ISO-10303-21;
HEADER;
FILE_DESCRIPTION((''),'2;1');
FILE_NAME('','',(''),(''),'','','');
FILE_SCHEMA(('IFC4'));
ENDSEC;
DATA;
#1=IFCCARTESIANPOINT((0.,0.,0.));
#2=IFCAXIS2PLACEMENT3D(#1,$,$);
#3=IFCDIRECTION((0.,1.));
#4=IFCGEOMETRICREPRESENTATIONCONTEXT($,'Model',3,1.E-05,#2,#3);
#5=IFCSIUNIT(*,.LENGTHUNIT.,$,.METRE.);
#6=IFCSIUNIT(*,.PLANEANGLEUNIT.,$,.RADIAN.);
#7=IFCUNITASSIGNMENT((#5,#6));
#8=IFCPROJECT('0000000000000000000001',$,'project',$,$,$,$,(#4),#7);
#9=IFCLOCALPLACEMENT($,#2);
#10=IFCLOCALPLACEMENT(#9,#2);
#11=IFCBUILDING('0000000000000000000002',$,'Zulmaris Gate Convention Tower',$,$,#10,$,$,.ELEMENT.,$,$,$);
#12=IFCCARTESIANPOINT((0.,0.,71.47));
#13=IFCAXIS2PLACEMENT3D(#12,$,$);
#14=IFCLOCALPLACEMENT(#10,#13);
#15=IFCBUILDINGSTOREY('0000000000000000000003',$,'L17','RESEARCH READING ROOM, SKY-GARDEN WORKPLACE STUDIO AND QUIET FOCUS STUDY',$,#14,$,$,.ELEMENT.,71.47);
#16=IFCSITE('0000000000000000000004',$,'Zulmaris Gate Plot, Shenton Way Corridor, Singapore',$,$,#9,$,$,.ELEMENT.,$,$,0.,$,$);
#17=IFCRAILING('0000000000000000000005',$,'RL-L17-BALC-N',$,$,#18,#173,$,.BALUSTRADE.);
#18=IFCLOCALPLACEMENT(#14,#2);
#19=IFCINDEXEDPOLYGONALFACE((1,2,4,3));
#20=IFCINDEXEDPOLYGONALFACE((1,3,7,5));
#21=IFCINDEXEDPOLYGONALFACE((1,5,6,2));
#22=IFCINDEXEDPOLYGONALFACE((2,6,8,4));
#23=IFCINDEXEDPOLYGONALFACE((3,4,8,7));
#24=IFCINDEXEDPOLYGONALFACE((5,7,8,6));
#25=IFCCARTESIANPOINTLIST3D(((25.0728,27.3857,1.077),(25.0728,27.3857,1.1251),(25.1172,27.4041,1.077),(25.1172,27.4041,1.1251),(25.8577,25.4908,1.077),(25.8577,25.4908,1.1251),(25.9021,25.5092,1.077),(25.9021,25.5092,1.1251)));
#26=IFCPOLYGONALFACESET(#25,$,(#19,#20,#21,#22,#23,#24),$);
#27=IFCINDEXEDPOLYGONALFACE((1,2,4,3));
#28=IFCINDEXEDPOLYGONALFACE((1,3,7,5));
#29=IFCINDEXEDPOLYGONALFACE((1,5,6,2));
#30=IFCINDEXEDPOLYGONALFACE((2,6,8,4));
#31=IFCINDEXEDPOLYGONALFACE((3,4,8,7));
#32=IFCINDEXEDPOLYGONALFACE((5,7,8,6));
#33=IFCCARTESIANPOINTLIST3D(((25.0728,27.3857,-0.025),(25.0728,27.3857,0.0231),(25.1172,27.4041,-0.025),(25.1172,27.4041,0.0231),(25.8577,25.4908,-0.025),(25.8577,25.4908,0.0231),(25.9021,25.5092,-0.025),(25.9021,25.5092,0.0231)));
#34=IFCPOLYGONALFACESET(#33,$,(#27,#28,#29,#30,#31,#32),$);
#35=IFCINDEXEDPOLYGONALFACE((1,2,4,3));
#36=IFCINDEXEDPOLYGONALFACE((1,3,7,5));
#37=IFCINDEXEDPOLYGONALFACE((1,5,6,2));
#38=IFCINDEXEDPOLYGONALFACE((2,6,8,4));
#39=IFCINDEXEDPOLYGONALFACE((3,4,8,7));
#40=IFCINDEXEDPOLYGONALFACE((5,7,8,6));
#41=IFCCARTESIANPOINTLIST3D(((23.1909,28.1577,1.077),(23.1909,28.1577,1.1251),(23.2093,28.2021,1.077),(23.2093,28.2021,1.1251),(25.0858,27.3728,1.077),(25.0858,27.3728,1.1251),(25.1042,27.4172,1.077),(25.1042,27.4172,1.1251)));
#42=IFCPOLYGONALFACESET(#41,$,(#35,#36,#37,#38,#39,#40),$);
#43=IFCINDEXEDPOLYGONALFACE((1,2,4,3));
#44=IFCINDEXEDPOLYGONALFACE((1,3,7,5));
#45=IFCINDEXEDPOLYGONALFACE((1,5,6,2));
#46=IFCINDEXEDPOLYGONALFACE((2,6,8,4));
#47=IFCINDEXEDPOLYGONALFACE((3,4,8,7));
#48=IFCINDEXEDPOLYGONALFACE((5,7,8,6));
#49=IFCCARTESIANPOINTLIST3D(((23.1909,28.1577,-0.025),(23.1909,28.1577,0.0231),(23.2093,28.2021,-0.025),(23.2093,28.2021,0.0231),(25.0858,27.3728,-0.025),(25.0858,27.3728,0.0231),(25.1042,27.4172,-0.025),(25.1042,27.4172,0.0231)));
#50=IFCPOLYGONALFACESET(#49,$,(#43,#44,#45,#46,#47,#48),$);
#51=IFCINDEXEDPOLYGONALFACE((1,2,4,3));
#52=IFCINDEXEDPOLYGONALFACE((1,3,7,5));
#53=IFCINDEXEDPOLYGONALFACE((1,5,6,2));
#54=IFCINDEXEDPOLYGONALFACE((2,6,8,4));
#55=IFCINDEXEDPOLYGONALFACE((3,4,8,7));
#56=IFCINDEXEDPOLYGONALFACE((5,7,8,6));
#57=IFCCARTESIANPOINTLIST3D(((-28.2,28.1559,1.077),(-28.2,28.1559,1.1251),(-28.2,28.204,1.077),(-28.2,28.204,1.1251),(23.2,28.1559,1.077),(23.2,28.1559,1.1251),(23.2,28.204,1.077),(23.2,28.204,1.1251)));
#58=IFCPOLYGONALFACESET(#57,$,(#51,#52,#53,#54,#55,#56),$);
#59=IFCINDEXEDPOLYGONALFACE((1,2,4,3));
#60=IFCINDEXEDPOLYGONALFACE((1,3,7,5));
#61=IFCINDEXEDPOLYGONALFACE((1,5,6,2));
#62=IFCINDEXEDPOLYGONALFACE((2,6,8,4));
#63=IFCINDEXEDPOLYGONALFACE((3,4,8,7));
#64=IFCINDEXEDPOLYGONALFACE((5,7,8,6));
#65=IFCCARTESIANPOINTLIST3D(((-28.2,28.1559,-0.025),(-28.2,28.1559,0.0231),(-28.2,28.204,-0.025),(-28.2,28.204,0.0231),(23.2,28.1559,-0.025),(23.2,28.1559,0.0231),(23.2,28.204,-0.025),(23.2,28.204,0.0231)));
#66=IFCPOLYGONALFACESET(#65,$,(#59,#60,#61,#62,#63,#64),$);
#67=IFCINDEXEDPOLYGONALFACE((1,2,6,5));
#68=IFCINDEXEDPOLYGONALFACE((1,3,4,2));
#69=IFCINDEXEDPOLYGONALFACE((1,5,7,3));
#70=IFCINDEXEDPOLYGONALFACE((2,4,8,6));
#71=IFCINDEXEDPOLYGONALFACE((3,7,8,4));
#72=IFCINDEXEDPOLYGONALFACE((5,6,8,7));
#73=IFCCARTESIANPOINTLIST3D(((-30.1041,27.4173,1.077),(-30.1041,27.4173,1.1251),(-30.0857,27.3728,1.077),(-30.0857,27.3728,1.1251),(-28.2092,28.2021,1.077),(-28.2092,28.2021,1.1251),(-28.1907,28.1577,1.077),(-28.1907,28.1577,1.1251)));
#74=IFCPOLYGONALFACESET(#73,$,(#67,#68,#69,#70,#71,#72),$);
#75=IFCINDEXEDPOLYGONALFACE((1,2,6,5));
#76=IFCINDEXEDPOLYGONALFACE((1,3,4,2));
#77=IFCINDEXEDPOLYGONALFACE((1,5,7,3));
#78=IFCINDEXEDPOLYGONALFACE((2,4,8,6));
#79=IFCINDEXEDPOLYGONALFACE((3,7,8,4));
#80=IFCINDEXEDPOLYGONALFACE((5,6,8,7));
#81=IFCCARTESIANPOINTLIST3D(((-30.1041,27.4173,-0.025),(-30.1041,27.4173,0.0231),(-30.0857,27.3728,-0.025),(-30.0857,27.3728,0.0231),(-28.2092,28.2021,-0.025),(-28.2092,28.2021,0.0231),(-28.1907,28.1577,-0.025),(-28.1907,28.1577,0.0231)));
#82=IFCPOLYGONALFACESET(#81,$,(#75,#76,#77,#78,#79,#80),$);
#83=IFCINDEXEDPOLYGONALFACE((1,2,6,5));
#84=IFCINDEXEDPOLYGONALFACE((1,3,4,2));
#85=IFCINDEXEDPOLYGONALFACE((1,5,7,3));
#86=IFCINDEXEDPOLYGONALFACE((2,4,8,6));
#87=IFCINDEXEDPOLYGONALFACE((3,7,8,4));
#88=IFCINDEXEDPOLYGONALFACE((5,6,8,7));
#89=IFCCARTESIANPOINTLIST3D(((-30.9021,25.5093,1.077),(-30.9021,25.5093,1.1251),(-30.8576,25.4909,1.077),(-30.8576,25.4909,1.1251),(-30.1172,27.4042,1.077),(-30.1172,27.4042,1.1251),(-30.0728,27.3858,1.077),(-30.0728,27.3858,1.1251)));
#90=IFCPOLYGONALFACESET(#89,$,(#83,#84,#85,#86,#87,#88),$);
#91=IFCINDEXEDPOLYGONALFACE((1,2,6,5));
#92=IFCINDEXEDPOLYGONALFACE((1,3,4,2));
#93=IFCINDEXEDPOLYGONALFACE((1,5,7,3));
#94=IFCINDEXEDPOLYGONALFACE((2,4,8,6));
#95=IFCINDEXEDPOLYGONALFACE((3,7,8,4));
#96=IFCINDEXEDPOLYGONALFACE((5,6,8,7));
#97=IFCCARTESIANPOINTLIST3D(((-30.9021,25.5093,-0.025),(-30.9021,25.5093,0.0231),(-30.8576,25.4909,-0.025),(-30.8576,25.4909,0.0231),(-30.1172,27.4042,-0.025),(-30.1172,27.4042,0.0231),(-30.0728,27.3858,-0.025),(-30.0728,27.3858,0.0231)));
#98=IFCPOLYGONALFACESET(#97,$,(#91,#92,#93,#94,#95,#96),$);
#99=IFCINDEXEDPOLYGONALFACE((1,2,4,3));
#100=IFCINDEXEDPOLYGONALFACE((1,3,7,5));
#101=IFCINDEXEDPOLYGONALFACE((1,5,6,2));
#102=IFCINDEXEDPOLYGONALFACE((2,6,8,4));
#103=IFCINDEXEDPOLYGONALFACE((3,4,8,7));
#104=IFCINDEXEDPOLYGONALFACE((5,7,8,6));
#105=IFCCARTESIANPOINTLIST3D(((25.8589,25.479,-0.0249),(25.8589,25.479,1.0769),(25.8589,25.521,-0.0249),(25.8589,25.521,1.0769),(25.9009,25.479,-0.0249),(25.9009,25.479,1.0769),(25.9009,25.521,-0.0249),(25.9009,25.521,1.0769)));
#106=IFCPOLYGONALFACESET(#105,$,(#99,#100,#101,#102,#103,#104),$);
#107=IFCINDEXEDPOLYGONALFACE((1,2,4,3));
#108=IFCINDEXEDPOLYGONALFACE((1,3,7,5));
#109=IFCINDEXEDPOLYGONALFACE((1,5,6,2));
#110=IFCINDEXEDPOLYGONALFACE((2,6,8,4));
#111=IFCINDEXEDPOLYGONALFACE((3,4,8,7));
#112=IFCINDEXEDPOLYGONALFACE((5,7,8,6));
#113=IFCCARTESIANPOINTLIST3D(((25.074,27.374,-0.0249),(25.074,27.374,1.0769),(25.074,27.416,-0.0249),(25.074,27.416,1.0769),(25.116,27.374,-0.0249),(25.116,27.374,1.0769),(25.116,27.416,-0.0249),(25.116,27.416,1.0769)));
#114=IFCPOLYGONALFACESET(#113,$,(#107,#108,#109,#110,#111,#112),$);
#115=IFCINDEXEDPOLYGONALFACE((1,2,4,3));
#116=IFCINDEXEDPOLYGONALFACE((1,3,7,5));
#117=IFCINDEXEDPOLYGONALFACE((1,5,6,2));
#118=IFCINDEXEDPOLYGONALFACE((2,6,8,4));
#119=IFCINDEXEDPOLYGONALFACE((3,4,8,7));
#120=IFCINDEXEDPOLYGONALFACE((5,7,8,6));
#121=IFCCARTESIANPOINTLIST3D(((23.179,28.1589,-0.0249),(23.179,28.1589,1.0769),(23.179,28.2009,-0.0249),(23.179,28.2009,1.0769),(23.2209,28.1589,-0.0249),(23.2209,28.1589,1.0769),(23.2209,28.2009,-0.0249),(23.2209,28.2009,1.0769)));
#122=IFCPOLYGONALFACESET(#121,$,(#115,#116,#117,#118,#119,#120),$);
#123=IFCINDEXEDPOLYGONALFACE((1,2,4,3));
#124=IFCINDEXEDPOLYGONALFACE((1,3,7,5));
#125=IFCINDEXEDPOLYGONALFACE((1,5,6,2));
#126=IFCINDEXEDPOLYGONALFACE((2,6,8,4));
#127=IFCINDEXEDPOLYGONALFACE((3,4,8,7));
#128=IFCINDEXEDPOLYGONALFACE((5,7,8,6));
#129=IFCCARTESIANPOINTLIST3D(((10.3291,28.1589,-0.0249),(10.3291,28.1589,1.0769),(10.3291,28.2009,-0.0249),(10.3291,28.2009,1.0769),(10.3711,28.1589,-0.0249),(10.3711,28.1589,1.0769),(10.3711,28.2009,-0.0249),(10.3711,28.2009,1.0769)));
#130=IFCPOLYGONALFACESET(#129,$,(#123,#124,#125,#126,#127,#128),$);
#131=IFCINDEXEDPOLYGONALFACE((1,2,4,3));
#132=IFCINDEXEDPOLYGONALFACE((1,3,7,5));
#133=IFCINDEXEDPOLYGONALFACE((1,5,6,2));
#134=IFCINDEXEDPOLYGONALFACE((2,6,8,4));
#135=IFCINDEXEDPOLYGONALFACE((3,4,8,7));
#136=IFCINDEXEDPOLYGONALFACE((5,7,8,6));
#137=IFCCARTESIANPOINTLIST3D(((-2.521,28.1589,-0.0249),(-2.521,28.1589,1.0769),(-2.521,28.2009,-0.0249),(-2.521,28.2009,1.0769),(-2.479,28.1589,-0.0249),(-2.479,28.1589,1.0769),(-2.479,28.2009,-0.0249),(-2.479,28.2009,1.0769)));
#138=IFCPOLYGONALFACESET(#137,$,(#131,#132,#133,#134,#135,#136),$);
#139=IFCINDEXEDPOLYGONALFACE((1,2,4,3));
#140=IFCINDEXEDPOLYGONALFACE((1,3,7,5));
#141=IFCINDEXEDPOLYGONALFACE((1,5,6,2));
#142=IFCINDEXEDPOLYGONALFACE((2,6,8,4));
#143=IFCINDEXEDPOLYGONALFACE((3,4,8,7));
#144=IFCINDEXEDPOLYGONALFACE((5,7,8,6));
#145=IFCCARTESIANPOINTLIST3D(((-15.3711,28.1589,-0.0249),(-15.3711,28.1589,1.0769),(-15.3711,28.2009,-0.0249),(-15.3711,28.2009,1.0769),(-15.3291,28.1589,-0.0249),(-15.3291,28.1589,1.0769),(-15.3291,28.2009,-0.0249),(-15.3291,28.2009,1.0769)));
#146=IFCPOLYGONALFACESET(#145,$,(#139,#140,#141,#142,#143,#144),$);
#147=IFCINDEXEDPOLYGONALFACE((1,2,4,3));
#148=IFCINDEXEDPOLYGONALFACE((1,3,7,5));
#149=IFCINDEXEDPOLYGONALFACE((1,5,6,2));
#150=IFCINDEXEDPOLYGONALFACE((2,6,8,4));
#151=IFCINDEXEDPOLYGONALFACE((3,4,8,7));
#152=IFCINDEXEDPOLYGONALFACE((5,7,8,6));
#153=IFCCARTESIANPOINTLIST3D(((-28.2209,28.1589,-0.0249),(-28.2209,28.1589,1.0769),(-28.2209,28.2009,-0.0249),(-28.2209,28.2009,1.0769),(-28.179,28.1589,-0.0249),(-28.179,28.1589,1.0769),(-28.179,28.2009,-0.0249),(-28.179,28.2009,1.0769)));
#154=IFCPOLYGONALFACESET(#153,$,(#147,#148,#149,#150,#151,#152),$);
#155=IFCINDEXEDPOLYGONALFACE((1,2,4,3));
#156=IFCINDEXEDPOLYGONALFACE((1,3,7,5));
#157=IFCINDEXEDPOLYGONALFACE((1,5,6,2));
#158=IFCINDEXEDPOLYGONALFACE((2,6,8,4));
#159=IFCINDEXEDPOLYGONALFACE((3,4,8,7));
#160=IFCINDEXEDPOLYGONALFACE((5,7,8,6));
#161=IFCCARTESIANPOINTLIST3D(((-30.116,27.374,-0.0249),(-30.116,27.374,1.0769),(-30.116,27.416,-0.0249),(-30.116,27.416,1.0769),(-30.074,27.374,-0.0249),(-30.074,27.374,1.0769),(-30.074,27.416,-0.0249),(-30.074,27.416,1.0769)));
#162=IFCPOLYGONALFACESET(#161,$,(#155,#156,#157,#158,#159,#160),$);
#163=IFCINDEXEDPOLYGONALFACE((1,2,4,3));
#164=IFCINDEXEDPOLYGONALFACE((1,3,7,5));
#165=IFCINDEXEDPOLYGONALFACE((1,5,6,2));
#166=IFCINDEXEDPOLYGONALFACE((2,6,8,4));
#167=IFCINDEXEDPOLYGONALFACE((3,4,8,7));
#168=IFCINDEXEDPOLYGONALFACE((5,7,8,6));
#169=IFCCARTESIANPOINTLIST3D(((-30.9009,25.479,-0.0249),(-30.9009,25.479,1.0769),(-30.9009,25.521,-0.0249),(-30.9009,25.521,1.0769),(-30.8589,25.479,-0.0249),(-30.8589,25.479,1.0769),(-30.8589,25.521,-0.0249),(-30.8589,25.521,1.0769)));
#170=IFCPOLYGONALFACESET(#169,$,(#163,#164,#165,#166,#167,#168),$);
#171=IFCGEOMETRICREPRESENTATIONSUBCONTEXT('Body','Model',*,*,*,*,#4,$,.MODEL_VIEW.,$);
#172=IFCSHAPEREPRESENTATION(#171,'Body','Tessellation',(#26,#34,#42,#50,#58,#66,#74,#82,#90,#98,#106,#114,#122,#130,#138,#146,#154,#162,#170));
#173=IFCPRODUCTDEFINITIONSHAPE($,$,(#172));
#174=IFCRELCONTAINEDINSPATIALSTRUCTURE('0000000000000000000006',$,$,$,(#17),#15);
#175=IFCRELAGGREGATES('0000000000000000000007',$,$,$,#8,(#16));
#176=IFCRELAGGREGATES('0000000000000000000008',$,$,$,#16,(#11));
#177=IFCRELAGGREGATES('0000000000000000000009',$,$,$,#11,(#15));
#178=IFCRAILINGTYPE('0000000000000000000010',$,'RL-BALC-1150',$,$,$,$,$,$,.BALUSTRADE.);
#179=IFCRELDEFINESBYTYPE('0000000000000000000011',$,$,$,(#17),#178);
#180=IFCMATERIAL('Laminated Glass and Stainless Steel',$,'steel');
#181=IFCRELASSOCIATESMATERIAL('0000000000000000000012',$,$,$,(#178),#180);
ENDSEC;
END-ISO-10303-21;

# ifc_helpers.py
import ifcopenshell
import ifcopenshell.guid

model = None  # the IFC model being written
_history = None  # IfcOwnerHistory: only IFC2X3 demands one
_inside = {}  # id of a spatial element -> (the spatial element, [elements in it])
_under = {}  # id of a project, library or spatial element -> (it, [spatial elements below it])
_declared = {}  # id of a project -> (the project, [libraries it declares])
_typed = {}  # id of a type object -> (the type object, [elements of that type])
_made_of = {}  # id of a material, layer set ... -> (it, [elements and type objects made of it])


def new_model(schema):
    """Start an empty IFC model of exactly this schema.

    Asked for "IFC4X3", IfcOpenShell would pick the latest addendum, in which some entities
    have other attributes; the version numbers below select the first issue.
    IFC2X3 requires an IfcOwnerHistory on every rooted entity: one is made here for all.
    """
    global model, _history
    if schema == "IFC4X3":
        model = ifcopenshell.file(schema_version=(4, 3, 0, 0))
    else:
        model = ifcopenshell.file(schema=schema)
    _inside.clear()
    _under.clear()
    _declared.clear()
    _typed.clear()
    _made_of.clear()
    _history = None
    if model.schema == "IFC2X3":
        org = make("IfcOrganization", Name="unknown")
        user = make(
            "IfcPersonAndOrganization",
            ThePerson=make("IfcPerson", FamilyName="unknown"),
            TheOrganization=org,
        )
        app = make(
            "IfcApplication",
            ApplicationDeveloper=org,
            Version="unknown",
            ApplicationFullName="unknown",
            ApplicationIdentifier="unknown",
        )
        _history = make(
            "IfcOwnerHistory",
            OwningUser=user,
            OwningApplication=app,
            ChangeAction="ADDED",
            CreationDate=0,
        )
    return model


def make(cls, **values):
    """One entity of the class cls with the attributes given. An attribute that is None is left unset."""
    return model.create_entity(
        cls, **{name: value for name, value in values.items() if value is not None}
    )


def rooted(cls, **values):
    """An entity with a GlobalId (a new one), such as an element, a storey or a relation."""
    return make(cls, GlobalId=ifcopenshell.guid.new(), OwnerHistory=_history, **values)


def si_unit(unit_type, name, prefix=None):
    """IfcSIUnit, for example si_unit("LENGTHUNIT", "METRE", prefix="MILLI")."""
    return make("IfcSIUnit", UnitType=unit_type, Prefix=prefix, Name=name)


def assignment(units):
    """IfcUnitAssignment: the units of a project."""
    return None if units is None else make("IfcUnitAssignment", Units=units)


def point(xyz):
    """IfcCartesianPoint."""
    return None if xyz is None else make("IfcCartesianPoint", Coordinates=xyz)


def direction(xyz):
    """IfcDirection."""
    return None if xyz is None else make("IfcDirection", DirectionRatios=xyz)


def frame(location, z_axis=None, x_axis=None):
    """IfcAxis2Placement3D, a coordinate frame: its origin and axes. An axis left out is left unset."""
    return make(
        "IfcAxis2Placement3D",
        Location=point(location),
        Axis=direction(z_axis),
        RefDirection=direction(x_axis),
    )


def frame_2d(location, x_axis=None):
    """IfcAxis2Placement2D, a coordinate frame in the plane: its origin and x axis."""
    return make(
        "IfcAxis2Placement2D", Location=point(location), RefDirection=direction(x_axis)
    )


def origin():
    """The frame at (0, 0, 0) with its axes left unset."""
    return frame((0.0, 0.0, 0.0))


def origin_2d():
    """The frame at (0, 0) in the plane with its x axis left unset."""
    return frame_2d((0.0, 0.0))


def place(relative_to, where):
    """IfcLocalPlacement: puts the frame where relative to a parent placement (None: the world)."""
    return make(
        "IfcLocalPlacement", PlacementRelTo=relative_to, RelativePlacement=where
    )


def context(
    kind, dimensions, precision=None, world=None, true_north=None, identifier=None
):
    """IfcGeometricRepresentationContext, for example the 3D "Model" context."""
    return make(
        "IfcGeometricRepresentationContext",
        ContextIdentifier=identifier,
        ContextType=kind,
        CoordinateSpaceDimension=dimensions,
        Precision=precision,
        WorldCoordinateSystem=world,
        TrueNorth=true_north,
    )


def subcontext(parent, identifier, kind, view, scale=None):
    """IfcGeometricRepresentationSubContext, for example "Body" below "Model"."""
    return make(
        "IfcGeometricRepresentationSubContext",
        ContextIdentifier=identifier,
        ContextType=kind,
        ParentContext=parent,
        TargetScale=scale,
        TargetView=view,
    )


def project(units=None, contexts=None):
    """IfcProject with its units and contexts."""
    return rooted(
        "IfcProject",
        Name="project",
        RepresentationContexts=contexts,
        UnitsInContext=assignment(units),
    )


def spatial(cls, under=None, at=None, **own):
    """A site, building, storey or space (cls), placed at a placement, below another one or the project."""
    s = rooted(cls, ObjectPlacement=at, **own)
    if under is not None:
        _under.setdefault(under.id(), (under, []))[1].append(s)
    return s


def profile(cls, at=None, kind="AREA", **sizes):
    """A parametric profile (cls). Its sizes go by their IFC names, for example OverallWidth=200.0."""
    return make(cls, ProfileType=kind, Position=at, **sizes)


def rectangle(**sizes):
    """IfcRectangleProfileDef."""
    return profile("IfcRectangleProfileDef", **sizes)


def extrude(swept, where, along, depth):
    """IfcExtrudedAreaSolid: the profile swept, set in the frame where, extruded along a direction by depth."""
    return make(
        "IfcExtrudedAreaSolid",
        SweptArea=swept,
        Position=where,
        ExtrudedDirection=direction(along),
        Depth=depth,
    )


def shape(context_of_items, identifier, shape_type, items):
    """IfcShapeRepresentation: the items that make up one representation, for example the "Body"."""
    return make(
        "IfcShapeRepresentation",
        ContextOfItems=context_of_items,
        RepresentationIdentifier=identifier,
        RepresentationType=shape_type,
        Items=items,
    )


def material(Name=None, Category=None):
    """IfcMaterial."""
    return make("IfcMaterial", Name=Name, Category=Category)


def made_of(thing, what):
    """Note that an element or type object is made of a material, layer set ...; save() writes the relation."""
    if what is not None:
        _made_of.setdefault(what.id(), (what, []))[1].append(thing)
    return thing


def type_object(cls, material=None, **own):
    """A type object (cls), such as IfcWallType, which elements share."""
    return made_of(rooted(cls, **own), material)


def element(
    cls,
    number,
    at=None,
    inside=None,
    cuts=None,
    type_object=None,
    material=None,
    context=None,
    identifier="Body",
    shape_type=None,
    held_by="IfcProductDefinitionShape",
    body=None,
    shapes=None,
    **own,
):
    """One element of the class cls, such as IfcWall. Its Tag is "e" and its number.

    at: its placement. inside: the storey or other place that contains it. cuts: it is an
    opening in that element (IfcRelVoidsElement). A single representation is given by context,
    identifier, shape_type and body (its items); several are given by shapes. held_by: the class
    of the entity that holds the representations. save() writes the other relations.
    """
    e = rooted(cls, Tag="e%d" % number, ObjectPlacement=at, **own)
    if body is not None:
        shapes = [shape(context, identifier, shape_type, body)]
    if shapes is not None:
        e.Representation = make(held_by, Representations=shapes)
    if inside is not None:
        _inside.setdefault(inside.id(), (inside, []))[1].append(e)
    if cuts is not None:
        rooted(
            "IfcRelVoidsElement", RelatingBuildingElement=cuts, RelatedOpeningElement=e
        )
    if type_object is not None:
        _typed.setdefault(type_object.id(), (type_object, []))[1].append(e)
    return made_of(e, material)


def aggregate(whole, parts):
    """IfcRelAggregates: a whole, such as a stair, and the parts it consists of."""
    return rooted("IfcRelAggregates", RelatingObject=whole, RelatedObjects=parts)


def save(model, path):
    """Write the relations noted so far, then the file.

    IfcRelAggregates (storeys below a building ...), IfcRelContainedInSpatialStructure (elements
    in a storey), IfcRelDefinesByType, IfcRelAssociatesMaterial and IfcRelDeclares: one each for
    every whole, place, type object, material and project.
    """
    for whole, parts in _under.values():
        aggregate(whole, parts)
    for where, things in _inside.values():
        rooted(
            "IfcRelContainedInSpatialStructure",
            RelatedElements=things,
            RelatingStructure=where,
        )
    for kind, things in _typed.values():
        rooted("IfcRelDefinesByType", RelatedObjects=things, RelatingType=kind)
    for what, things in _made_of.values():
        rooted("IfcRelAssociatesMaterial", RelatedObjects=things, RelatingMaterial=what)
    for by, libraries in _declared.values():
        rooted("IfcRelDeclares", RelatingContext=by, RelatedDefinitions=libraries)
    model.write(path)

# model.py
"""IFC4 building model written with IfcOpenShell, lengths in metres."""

from ifc_helpers import new_model, si_unit, direction, frame, origin, origin_2d, place, context, subcontext, project, spatial, rectangle, extrude, material, type_object, element, save


model = new_model("IFC4")

# Units and contexts
model_context = context("Model", 3, precision=1e-05, world=origin(), true_north=direction((0.0, 1.0)))
body_context = subcontext(model_context, "Body", "Model", "MODEL_VIEW")
ifc_project = project(units=[si_unit("LENGTHUNIT", "METRE"), si_unit("PLANEANGLEUNIT", "RADIAN")], contexts=[model_context])

# Site, building, storey
site_placement = place(None, origin())
site = spatial("IfcSite", under=ifc_project, at=site_placement, Name="Zulmaris Gate Plot, Shenton Way Corridor, Singapore", CompositionType="ELEMENT", RefElevation=0.0)
building_placement = place(site_placement, origin())
building = spatial("IfcBuilding", under=site, at=building_placement, Name="Zulmaris Gate Convention Tower", CompositionType="ELEMENT")
storey_placement = place(building_placement, frame((0.0, 0.0, 71.47)))
storey = spatial("IfcBuildingStorey", under=building, at=storey_placement, Name="L17", Description="RESEARCH READING ROOM, SKY-GARDEN WORKPLACE STUDIO AND QUIET FOCUS STUDY", CompositionType="ELEMENT", Elevation=71.47)

# Railing
ifc_material_1 = material(Name="Laminated Glass and Stainless Steel", Category="steel")
railing_type = type_object("IfcRailingType", Name="RL-BALC-1150", PredefinedType="BALUSTRADE", material=ifc_material_1)
railing_placement = place(storey_placement, frame((25.8799, 25.5, -0.0249)))
element("IfcRailing", 1, at=railing_placement, inside=storey, type_object=railing_type, Name="RL-L17-BALC-N", PredefinedType="BALUSTRADE", context=body_context, shape_type="SweptSolid", body=[
    extrude(rectangle(XDim=0.0481, YDim=0.0481, at=origin_2d()), frame((0.0, 0.0, 1.126), z_axis=(-0.382671, 0.923885, 0.0), x_axis=(-0.923885, -0.382671, 0.0)), (0.0, 0.0, 1.0), 2.051),
    extrude(rectangle(XDim=0.0481, YDim=0.0481, at=origin_2d()), frame((0.0, 0.0, 0.0239), z_axis=(-0.382671, 0.923885, 0.0), x_axis=(-0.923885, -0.382671, 0.0)), (0.0, 0.0, 1.0), 2.051),
    extrude(rectangle(XDim=0.0481, YDim=0.0481, at=origin_2d()), frame((-0.7849, 1.895, 1.126), z_axis=(-0.923885, 0.382671, 0.0), x_axis=(-0.382671, -0.923885, 0.0)), (0.0, 0.0, 1.0), 2.051),
    extrude(rectangle(XDim=0.0481, YDim=0.0481, at=origin_2d()), frame((-0.7849, 1.895, 0.0239), z_axis=(-0.923885, 0.382671, 0.0), x_axis=(-0.382671, -0.923885, 0.0)), (0.0, 0.0, 1.0), 2.051),
    extrude(rectangle(XDim=0.0481, YDim=0.0481, at=origin_2d()), frame((-2.6799, 2.6799, 1.126), z_axis=(-1.0, 0.0, 0.0), x_axis=(0.0, -1.0, 0.0)), (0.0, 0.0, 1.0), 51.3999),
    extrude(rectangle(XDim=0.0481, YDim=0.0481, at=origin_2d()), frame((-2.6799, 2.6799, 0.0239), z_axis=(-1.0, 0.0, 0.0), x_axis=(0.0, -1.0, 0.0)), (0.0, 0.0, 1.0), 51.3999),
    extrude(rectangle(XDim=0.0481, YDim=0.0481, at=origin_2d()), frame((-54.0798, 2.6799, 1.126), z_axis=(-0.923885, -0.382671, 0.0), x_axis=(0.382671, -0.923885, 0.0)), (0.0, 0.0, 1.0), 2.051),
    extrude(rectangle(XDim=0.0481, YDim=0.0481, at=origin_2d()), frame((-54.0798, 2.6799, 0.0239), z_axis=(-0.923885, -0.382671, 0.0), x_axis=(0.382671, -0.923885, 0.0)), (0.0, 0.0, 1.0), 2.051),
    extrude(rectangle(XDim=0.0481, YDim=0.0481, at=origin_2d()), frame((-55.9749, 1.895, 1.126), z_axis=(-0.382671, -0.923885, 0.0), x_axis=(0.923885, -0.382671, 0.0)), (0.0, 0.0, 1.0), 2.051),
    extrude(rectangle(XDim=0.0481, YDim=0.0481, at=origin_2d()), frame((-55.9749, 1.895, 0.0239), z_axis=(-0.382671, -0.923885, 0.0), x_axis=(0.923885, -0.382671, 0.0)), (0.0, 0.0, 1.0), 2.051),
    extrude(rectangle(XDim=0.042, YDim=0.042, at=origin_2d()), origin(), (0.0, 0.0, 1.0), 1.1018),
    extrude(rectangle(XDim=0.042, YDim=0.042, at=origin_2d()), frame((-0.7849, 1.895, 0.0)), (0.0, 0.0, 1.0), 1.1018),
    extrude(rectangle(XDim=0.042, YDim=0.042, at=origin_2d()), frame((-2.6799, 2.6799, 0.0)), (0.0, 0.0, 1.0), 1.1018),
    extrude(rectangle(XDim=0.042, YDim=0.042, at=origin_2d()), frame((-15.5298, 2.6799, 0.0)), (0.0, 0.0, 1.0), 1.1018),
    extrude(rectangle(XDim=0.042, YDim=0.042, at=origin_2d()), frame((-28.3799, 2.6799, 0.0)), (0.0, 0.0, 1.0), 1.1018),
    extrude(rectangle(XDim=0.042, YDim=0.042, at=origin_2d()), frame((-41.23, 2.6799, 0.0)), (0.0, 0.0, 1.0), 1.1018),
    extrude(rectangle(XDim=0.042, YDim=0.042, at=origin_2d()), frame((-54.0798, 2.6799, 0.0)), (0.0, 0.0, 1.0), 1.1018),
    extrude(rectangle(XDim=0.042, YDim=0.042, at=origin_2d()), frame((-55.9749, 1.895, 0.0)), (0.0, 0.0, 1.0), 1.1018),
    extrude(rectangle(XDim=0.042, YDim=0.042, at=origin_2d()), frame((-56.7598, 0.0, 0.0)), (0.0, 0.0, 1.0), 1.1018),
])

save(model, "model.ifc")
